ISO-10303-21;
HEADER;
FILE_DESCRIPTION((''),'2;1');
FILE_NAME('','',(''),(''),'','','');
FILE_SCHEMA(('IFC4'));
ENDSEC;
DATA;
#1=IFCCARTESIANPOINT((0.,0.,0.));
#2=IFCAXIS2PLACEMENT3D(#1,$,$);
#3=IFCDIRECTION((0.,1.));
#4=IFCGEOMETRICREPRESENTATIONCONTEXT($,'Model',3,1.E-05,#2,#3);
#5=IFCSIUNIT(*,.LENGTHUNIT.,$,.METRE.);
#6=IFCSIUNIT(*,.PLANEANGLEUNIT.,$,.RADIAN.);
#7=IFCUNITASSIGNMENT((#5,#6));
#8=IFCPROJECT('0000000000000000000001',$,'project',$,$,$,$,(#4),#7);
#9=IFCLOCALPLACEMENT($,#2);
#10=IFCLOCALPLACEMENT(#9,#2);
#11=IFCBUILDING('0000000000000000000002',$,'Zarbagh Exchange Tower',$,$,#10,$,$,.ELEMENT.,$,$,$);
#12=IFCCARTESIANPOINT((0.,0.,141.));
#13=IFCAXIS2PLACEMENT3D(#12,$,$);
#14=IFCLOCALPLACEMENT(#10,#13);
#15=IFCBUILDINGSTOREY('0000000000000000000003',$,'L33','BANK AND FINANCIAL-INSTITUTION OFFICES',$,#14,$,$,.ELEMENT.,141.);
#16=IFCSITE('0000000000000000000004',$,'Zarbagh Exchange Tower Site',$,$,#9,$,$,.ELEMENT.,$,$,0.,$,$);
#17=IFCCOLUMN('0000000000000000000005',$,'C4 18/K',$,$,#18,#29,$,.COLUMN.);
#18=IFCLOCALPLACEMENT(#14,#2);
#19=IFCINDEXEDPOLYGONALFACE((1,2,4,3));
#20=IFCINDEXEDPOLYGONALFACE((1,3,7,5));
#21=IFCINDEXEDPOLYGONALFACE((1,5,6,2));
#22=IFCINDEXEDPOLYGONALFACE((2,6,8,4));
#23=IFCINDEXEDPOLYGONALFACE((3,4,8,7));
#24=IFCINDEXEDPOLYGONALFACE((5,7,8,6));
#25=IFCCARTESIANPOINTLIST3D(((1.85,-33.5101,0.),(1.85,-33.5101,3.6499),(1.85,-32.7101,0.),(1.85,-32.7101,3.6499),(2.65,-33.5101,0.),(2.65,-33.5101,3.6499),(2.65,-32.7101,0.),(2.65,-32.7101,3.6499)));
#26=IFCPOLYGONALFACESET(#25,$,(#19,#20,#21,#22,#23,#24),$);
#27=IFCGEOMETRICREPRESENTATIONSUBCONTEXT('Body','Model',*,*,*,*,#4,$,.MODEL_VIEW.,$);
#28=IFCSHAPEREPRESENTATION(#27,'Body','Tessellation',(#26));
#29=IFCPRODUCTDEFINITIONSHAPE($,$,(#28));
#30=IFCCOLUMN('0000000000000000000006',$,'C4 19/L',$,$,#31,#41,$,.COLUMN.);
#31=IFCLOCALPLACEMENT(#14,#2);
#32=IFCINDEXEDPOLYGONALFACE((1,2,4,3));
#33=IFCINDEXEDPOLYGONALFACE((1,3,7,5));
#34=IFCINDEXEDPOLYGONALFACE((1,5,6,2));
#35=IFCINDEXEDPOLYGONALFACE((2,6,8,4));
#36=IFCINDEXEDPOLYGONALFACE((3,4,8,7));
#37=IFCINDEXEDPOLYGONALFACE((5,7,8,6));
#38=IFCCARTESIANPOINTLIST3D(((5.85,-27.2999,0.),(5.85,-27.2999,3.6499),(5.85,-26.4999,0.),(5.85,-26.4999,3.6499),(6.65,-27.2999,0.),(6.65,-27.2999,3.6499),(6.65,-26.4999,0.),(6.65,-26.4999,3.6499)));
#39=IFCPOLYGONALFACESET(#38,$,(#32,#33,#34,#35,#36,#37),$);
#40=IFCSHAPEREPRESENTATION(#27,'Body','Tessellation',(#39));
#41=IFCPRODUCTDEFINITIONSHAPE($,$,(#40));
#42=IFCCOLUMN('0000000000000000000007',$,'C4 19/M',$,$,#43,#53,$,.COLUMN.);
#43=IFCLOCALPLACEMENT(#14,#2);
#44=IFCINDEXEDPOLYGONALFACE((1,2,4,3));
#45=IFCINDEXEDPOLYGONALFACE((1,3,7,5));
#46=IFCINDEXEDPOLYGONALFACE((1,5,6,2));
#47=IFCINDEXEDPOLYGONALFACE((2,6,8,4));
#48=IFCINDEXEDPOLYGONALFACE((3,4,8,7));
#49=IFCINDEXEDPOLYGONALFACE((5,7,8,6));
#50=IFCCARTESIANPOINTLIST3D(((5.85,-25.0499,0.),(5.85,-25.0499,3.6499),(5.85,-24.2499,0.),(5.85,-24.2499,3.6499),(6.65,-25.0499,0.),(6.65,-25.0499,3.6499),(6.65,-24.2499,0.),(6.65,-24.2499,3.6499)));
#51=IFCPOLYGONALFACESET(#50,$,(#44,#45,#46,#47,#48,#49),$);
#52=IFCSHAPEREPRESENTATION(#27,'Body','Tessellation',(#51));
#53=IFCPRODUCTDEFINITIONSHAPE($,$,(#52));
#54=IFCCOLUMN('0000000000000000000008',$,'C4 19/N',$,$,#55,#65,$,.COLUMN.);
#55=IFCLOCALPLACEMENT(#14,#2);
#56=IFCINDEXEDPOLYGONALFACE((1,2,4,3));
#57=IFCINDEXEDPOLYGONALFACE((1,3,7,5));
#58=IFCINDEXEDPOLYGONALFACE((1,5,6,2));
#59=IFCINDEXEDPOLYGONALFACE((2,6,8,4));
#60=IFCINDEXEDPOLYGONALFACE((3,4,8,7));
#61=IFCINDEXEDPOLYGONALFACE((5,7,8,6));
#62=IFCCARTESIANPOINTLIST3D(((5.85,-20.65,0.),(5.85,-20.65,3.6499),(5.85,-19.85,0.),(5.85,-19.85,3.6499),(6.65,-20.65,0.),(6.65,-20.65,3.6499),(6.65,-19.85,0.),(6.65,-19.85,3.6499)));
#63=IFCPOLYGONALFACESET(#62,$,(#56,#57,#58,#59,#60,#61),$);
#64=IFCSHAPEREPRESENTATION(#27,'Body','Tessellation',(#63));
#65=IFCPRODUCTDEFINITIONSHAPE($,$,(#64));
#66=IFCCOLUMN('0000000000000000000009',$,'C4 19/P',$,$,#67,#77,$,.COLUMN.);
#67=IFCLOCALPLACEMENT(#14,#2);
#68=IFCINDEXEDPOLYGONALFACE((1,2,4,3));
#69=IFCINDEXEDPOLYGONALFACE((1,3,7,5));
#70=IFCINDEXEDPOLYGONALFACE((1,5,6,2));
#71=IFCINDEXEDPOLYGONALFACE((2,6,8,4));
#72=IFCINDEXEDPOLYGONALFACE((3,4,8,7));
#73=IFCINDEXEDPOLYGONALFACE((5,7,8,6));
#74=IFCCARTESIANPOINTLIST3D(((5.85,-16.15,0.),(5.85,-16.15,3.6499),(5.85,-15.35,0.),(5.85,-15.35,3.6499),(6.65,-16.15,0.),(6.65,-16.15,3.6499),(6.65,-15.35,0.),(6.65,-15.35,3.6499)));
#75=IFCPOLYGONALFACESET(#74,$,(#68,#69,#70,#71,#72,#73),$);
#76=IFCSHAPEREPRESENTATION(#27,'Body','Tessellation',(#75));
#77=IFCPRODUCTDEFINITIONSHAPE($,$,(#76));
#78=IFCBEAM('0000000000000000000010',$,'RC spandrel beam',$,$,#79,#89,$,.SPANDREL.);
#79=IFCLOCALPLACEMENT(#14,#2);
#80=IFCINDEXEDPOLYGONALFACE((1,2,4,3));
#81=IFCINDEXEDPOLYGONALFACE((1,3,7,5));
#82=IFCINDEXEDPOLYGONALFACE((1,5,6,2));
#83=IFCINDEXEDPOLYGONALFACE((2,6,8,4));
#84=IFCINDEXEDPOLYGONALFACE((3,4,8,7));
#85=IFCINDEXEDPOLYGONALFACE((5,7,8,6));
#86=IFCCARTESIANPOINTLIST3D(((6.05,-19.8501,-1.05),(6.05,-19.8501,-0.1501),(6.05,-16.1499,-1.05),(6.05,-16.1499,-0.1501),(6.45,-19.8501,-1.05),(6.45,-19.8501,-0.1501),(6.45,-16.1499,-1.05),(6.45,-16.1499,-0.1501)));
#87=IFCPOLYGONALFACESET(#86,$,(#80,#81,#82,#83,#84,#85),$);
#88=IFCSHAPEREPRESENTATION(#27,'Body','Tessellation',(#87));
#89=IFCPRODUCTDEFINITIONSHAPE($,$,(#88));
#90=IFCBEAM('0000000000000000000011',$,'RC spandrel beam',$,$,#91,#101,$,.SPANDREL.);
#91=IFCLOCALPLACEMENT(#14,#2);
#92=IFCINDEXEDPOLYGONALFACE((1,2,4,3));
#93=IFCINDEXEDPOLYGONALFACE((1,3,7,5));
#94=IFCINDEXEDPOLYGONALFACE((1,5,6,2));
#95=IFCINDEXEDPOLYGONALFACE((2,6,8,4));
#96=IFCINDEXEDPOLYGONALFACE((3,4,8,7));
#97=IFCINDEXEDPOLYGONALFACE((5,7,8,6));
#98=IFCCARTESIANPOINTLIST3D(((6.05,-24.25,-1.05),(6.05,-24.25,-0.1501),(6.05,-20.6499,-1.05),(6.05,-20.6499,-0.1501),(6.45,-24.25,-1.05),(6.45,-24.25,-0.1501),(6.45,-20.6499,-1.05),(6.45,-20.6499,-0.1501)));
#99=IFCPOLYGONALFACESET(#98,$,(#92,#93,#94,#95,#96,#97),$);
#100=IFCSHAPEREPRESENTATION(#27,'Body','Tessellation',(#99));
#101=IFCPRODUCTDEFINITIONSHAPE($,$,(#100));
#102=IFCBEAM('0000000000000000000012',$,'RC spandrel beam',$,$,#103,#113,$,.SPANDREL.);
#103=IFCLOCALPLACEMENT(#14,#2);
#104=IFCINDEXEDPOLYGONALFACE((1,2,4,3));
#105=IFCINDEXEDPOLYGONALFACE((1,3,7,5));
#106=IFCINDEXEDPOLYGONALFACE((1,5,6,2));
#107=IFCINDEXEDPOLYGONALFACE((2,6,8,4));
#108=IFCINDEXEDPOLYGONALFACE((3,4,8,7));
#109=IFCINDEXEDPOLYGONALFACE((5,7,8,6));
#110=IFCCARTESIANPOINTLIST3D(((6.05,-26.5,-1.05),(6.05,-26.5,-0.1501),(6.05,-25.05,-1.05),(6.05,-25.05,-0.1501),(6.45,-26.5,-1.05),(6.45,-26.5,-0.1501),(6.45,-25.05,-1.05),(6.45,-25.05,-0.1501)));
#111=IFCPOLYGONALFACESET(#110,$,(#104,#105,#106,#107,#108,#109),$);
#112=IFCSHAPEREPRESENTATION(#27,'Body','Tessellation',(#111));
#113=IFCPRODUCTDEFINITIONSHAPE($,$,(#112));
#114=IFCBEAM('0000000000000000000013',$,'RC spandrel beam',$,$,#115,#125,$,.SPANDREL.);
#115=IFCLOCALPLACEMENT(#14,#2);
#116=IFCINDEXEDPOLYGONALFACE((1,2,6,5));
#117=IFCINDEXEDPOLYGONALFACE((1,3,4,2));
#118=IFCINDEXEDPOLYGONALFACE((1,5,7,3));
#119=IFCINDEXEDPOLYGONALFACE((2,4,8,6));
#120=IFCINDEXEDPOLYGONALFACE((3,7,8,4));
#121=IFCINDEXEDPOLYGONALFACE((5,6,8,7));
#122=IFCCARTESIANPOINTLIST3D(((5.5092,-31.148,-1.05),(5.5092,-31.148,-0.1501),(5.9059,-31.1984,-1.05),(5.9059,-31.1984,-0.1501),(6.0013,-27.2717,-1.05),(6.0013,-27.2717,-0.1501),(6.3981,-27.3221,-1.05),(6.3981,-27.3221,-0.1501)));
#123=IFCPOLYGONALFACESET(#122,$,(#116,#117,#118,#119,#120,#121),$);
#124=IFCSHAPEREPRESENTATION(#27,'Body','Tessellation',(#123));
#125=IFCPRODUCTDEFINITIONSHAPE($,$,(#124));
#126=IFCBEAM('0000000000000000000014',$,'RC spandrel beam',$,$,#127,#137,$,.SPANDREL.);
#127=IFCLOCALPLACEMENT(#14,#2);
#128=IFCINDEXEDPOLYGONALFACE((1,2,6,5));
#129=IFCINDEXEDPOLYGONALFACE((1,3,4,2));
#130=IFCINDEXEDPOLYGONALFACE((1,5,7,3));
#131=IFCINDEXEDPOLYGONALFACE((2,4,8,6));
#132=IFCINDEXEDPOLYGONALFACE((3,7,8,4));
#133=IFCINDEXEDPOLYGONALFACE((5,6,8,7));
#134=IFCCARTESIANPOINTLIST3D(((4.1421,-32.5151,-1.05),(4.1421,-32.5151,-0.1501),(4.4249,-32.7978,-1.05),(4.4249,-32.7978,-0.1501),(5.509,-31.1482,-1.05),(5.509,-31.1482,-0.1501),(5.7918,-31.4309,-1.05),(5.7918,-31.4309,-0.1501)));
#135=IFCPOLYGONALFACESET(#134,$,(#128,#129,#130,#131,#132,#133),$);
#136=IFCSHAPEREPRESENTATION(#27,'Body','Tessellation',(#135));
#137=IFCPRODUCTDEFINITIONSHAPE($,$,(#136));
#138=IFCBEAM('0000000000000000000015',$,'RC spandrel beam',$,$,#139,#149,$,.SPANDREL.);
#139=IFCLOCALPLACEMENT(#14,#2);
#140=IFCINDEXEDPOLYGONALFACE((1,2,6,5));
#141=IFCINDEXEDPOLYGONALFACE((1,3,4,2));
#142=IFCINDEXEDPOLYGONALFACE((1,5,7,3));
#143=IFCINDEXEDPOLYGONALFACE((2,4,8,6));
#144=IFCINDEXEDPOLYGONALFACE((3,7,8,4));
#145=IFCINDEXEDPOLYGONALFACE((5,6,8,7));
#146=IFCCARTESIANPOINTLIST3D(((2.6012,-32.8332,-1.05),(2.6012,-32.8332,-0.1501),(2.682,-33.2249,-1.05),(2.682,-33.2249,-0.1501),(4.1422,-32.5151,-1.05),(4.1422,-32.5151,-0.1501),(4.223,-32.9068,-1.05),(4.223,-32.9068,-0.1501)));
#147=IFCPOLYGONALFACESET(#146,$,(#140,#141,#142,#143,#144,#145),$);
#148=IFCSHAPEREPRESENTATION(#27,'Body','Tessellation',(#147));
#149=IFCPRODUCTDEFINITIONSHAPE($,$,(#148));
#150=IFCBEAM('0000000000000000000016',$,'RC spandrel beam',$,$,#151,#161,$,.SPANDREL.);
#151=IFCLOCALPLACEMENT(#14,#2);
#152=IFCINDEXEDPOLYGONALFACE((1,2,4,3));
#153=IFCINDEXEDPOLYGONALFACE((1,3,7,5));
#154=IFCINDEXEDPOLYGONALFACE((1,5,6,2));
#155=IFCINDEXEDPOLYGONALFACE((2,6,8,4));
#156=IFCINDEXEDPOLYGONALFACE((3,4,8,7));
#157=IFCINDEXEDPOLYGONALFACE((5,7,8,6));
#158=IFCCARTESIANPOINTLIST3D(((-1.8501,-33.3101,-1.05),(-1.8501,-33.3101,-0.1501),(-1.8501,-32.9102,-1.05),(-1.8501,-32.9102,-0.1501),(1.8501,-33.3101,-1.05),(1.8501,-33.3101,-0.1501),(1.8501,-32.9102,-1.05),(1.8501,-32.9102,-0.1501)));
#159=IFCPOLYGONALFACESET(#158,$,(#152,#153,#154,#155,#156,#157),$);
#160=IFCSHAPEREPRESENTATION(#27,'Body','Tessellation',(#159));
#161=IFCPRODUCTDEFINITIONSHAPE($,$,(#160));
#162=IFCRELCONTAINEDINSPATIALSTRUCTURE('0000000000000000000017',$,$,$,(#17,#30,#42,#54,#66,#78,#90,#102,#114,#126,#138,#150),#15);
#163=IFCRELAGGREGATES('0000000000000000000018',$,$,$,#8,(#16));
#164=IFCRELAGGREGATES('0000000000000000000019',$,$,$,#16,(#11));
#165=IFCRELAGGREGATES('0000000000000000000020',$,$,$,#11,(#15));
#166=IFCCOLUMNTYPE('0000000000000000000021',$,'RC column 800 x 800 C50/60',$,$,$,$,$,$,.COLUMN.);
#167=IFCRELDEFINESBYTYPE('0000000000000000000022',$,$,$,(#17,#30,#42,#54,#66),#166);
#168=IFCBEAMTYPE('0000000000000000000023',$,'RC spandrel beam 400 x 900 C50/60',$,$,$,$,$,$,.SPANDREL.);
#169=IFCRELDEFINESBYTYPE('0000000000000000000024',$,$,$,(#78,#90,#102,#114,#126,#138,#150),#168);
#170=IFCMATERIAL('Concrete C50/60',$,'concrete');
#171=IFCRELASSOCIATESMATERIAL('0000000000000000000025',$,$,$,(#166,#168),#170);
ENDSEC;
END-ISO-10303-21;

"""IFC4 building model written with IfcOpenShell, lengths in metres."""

from ifc_helpers import new_model, si_unit, direction, frame, origin, origin_2d, place, context, subcontext, project, spatial, rectangle, extrude, material, material_profile, profile_set, type_object, element, save


model = new_model("IFC4")

# Units and contexts
model_context = context("Model", 3, precision=1e-05, world=origin(), true_north=direction((0.0, 1.0)))
body_context = subcontext(model_context, "Body", "Model", "MODEL_VIEW")
ifc_project = project(units=[si_unit("LENGTHUNIT", "METRE"), si_unit("PLANEANGLEUNIT", "RADIAN")], contexts=[model_context])

# Site, building, storey
site_placement = place(None, origin())
site = spatial("IfcSite", under=ifc_project, at=site_placement, Name="Zarbagh Exchange Tower Site", CompositionType="ELEMENT", RefElevation=0.0)
building_placement = place(site_placement, origin())
building = spatial("IfcBuilding", under=site, at=building_placement, Name="Zarbagh Exchange Tower", CompositionType="ELEMENT")
storey_placement = place(building_placement, frame((0.0, 0.0, 141.0)))
storey = spatial("IfcBuildingStorey", under=building, at=storey_placement, Name="L33", Description="BANK AND FINANCIAL-INSTITUTION OFFICES", CompositionType="ELEMENT", Elevation=141.0)

# Columns
ifc_material_1 = material(Name="Concrete C50/60", Category="concrete")
ifc_material_profile_1 = material_profile(ifc_material_1, rectangle(XDim=0.8, YDim=0.8, at=origin_2d()), Name="RC column 800 x 800 C50/60")
ifc_profile_set_1 = profile_set([ifc_material_profile_1], Name="Concrete C50/60")
column_type = type_object("IfcColumnType", Name="RC column 800 x 800 C50/60", PredefinedType="COLUMN", material=ifc_profile_set_1)
for number, where, z_axis, x_axis, name in (
    (1, (2.25, -33.1101, 0.0), (0.0, 0.0, 1.0), (1.0, 0.0, 0.0), "C4 18/K"),
    (2, (6.25, -26.8999, 0.0), (0.0, 0.0, 1.0), (1.0, 0.0, 0.0), "C4 19/L"),
    (3, (6.25, -24.6499, 0.0), (0.0, 0.0, 1.0), (1.0, 0.0, 0.0), "C4 19/M"),
    (4, (6.25, -20.25, 0.0), (0.0, 0.0, 1.0), (1.0, 0.0, 0.0), "C4 19/N"),
    (5, (6.25, -15.75, 0.0), (0.0, 0.0, 1.0), (1.0, 0.0, 0.0), "C4 19/P"),
):
    element("IfcColumn", number, at=place(storey_placement, frame(where, z_axis=z_axis, x_axis=x_axis)), inside=storey, type_object=column_type, Name=name, PredefinedType="COLUMN", context=body_context, shape_type="SweptSolid", body=[
        extrude(rectangle(XDim=0.8, YDim=0.8, at=origin_2d()), origin(), (0.0, 0.0, 1.0), 3.6499),
    ])

# Beams
ifc_material_profile_2 = material_profile(ifc_material_1, rectangle(XDim=0.3999, YDim=0.8999, at=origin_2d()), Name="RC spandrel beam 400 x 900 C50/60")
ifc_profile_set_2 = profile_set([ifc_material_profile_2], Name="Concrete C50/60")
beam_type = type_object("IfcBeamType", Name="RC spandrel beam 400 x 900 C50/60", PredefinedType="SPANDREL", material=ifc_profile_set_2)
beam_1_placement = place(storey_placement, frame((6.25, -16.1499, -0.6001), z_axis=(0.0, -1.0, 0.0), x_axis=(1.0, 0.0, 0.0)))
element("IfcBeam", 6, at=beam_1_placement, inside=storey, type_object=beam_type, Name="RC spandrel beam", PredefinedType="SPANDREL", context=body_context, shape_type="SweptSolid", body=[
    extrude(rectangle(XDim=0.3999, YDim=0.8999, at=origin_2d()), origin(), (0.0, 0.0, 1.0), 3.7002),
])
beam_2_placement = place(storey_placement, frame((6.25, -20.6499, -0.6001), z_axis=(0.0, -1.0, 0.0), x_axis=(1.0, 0.0, 0.0)))
element("IfcBeam", 7, at=beam_2_placement, inside=storey, type_object=beam_type, Name="RC spandrel beam", PredefinedType="SPANDREL", context=body_context, shape_type="SweptSolid", body=[
    extrude(rectangle(XDim=0.3999, YDim=0.8999, at=origin_2d()), origin(), (0.0, 0.0, 1.0), 3.6001),
])
beam_3_placement = place(storey_placement, frame((6.25, -25.05, -0.6001), z_axis=(0.0, -1.0, 0.0), x_axis=(1.0, 0.0, 0.0)))
element("IfcBeam", 8, at=beam_3_placement, inside=storey, type_object=beam_type, Name="RC spandrel beam", PredefinedType="SPANDREL", context=body_context, shape_type="SweptSolid", body=[
    extrude(rectangle(XDim=0.3999, YDim=0.8999, at=origin_2d()), origin(), (0.0, 0.0, 1.0), 1.45),
])
beam_4_placement = place(storey_placement, frame((6.1997, -27.2969, -0.6001), z_axis=(-0.125957, -0.992036, 0.0), x_axis=(0.992036, -0.125957, 0.0)))
element("IfcBeam", 9, at=beam_4_placement, inside=storey, type_object=beam_type, Name="RC spandrel beam", PredefinedType="SPANDREL", context=body_context, shape_type="SweptSolid", body=[
    extrude(rectangle(XDim=0.3999, YDim=0.8999, at=origin_2d()), origin(), (0.0, 0.0, 1.0), 3.9075),
])
beam_5_placement = place(storey_placement, frame((5.6504, -31.2896, -0.6001), z_axis=(-0.707107, -0.707107, 0.0), x_axis=(0.707107, -0.707107, 0.0)))
element("IfcBeam", 10, at=beam_5_placement, inside=storey, type_object=beam_type, Name="RC spandrel beam", PredefinedType="SPANDREL", context=body_context, shape_type="SweptSolid", body=[
    extrude(rectangle(XDim=0.3999, YDim=0.8999, at=origin_2d()), origin(), (0.0, 0.0, 1.0), 1.9331),
])
beam_6_placement = place(storey_placement, frame((4.1826, -32.7109, -0.6001), z_axis=(-0.979351, -0.202169, 0.0), x_axis=(0.202169, -0.979351, 0.0)))
element("IfcBeam", 11, at=beam_6_placement, inside=storey, type_object=beam_type, Name="RC spandrel beam", PredefinedType="SPANDREL", context=body_context, shape_type="SweptSolid", body=[
    extrude(rectangle(XDim=0.3999, YDim=0.8999, at=origin_2d()), origin(), (0.0, 0.0, 1.0), 1.5735),
])
beam_7_placement = place(storey_placement, frame((1.8501, -33.1101, -0.6001), z_axis=(-1.0, 0.0, 0.0), x_axis=(0.0, -1.0, 0.0)))
element("IfcBeam", 12, at=beam_7_placement, inside=storey, type_object=beam_type, Name="RC spandrel beam", PredefinedType="SPANDREL", context=body_context, shape_type="SweptSolid", body=[
    extrude(rectangle(XDim=0.3999, YDim=0.8999, at=origin_2d()), origin(), (0.0, 0.0, 1.0), 3.7002),
])

save(model, "model.ifc")
